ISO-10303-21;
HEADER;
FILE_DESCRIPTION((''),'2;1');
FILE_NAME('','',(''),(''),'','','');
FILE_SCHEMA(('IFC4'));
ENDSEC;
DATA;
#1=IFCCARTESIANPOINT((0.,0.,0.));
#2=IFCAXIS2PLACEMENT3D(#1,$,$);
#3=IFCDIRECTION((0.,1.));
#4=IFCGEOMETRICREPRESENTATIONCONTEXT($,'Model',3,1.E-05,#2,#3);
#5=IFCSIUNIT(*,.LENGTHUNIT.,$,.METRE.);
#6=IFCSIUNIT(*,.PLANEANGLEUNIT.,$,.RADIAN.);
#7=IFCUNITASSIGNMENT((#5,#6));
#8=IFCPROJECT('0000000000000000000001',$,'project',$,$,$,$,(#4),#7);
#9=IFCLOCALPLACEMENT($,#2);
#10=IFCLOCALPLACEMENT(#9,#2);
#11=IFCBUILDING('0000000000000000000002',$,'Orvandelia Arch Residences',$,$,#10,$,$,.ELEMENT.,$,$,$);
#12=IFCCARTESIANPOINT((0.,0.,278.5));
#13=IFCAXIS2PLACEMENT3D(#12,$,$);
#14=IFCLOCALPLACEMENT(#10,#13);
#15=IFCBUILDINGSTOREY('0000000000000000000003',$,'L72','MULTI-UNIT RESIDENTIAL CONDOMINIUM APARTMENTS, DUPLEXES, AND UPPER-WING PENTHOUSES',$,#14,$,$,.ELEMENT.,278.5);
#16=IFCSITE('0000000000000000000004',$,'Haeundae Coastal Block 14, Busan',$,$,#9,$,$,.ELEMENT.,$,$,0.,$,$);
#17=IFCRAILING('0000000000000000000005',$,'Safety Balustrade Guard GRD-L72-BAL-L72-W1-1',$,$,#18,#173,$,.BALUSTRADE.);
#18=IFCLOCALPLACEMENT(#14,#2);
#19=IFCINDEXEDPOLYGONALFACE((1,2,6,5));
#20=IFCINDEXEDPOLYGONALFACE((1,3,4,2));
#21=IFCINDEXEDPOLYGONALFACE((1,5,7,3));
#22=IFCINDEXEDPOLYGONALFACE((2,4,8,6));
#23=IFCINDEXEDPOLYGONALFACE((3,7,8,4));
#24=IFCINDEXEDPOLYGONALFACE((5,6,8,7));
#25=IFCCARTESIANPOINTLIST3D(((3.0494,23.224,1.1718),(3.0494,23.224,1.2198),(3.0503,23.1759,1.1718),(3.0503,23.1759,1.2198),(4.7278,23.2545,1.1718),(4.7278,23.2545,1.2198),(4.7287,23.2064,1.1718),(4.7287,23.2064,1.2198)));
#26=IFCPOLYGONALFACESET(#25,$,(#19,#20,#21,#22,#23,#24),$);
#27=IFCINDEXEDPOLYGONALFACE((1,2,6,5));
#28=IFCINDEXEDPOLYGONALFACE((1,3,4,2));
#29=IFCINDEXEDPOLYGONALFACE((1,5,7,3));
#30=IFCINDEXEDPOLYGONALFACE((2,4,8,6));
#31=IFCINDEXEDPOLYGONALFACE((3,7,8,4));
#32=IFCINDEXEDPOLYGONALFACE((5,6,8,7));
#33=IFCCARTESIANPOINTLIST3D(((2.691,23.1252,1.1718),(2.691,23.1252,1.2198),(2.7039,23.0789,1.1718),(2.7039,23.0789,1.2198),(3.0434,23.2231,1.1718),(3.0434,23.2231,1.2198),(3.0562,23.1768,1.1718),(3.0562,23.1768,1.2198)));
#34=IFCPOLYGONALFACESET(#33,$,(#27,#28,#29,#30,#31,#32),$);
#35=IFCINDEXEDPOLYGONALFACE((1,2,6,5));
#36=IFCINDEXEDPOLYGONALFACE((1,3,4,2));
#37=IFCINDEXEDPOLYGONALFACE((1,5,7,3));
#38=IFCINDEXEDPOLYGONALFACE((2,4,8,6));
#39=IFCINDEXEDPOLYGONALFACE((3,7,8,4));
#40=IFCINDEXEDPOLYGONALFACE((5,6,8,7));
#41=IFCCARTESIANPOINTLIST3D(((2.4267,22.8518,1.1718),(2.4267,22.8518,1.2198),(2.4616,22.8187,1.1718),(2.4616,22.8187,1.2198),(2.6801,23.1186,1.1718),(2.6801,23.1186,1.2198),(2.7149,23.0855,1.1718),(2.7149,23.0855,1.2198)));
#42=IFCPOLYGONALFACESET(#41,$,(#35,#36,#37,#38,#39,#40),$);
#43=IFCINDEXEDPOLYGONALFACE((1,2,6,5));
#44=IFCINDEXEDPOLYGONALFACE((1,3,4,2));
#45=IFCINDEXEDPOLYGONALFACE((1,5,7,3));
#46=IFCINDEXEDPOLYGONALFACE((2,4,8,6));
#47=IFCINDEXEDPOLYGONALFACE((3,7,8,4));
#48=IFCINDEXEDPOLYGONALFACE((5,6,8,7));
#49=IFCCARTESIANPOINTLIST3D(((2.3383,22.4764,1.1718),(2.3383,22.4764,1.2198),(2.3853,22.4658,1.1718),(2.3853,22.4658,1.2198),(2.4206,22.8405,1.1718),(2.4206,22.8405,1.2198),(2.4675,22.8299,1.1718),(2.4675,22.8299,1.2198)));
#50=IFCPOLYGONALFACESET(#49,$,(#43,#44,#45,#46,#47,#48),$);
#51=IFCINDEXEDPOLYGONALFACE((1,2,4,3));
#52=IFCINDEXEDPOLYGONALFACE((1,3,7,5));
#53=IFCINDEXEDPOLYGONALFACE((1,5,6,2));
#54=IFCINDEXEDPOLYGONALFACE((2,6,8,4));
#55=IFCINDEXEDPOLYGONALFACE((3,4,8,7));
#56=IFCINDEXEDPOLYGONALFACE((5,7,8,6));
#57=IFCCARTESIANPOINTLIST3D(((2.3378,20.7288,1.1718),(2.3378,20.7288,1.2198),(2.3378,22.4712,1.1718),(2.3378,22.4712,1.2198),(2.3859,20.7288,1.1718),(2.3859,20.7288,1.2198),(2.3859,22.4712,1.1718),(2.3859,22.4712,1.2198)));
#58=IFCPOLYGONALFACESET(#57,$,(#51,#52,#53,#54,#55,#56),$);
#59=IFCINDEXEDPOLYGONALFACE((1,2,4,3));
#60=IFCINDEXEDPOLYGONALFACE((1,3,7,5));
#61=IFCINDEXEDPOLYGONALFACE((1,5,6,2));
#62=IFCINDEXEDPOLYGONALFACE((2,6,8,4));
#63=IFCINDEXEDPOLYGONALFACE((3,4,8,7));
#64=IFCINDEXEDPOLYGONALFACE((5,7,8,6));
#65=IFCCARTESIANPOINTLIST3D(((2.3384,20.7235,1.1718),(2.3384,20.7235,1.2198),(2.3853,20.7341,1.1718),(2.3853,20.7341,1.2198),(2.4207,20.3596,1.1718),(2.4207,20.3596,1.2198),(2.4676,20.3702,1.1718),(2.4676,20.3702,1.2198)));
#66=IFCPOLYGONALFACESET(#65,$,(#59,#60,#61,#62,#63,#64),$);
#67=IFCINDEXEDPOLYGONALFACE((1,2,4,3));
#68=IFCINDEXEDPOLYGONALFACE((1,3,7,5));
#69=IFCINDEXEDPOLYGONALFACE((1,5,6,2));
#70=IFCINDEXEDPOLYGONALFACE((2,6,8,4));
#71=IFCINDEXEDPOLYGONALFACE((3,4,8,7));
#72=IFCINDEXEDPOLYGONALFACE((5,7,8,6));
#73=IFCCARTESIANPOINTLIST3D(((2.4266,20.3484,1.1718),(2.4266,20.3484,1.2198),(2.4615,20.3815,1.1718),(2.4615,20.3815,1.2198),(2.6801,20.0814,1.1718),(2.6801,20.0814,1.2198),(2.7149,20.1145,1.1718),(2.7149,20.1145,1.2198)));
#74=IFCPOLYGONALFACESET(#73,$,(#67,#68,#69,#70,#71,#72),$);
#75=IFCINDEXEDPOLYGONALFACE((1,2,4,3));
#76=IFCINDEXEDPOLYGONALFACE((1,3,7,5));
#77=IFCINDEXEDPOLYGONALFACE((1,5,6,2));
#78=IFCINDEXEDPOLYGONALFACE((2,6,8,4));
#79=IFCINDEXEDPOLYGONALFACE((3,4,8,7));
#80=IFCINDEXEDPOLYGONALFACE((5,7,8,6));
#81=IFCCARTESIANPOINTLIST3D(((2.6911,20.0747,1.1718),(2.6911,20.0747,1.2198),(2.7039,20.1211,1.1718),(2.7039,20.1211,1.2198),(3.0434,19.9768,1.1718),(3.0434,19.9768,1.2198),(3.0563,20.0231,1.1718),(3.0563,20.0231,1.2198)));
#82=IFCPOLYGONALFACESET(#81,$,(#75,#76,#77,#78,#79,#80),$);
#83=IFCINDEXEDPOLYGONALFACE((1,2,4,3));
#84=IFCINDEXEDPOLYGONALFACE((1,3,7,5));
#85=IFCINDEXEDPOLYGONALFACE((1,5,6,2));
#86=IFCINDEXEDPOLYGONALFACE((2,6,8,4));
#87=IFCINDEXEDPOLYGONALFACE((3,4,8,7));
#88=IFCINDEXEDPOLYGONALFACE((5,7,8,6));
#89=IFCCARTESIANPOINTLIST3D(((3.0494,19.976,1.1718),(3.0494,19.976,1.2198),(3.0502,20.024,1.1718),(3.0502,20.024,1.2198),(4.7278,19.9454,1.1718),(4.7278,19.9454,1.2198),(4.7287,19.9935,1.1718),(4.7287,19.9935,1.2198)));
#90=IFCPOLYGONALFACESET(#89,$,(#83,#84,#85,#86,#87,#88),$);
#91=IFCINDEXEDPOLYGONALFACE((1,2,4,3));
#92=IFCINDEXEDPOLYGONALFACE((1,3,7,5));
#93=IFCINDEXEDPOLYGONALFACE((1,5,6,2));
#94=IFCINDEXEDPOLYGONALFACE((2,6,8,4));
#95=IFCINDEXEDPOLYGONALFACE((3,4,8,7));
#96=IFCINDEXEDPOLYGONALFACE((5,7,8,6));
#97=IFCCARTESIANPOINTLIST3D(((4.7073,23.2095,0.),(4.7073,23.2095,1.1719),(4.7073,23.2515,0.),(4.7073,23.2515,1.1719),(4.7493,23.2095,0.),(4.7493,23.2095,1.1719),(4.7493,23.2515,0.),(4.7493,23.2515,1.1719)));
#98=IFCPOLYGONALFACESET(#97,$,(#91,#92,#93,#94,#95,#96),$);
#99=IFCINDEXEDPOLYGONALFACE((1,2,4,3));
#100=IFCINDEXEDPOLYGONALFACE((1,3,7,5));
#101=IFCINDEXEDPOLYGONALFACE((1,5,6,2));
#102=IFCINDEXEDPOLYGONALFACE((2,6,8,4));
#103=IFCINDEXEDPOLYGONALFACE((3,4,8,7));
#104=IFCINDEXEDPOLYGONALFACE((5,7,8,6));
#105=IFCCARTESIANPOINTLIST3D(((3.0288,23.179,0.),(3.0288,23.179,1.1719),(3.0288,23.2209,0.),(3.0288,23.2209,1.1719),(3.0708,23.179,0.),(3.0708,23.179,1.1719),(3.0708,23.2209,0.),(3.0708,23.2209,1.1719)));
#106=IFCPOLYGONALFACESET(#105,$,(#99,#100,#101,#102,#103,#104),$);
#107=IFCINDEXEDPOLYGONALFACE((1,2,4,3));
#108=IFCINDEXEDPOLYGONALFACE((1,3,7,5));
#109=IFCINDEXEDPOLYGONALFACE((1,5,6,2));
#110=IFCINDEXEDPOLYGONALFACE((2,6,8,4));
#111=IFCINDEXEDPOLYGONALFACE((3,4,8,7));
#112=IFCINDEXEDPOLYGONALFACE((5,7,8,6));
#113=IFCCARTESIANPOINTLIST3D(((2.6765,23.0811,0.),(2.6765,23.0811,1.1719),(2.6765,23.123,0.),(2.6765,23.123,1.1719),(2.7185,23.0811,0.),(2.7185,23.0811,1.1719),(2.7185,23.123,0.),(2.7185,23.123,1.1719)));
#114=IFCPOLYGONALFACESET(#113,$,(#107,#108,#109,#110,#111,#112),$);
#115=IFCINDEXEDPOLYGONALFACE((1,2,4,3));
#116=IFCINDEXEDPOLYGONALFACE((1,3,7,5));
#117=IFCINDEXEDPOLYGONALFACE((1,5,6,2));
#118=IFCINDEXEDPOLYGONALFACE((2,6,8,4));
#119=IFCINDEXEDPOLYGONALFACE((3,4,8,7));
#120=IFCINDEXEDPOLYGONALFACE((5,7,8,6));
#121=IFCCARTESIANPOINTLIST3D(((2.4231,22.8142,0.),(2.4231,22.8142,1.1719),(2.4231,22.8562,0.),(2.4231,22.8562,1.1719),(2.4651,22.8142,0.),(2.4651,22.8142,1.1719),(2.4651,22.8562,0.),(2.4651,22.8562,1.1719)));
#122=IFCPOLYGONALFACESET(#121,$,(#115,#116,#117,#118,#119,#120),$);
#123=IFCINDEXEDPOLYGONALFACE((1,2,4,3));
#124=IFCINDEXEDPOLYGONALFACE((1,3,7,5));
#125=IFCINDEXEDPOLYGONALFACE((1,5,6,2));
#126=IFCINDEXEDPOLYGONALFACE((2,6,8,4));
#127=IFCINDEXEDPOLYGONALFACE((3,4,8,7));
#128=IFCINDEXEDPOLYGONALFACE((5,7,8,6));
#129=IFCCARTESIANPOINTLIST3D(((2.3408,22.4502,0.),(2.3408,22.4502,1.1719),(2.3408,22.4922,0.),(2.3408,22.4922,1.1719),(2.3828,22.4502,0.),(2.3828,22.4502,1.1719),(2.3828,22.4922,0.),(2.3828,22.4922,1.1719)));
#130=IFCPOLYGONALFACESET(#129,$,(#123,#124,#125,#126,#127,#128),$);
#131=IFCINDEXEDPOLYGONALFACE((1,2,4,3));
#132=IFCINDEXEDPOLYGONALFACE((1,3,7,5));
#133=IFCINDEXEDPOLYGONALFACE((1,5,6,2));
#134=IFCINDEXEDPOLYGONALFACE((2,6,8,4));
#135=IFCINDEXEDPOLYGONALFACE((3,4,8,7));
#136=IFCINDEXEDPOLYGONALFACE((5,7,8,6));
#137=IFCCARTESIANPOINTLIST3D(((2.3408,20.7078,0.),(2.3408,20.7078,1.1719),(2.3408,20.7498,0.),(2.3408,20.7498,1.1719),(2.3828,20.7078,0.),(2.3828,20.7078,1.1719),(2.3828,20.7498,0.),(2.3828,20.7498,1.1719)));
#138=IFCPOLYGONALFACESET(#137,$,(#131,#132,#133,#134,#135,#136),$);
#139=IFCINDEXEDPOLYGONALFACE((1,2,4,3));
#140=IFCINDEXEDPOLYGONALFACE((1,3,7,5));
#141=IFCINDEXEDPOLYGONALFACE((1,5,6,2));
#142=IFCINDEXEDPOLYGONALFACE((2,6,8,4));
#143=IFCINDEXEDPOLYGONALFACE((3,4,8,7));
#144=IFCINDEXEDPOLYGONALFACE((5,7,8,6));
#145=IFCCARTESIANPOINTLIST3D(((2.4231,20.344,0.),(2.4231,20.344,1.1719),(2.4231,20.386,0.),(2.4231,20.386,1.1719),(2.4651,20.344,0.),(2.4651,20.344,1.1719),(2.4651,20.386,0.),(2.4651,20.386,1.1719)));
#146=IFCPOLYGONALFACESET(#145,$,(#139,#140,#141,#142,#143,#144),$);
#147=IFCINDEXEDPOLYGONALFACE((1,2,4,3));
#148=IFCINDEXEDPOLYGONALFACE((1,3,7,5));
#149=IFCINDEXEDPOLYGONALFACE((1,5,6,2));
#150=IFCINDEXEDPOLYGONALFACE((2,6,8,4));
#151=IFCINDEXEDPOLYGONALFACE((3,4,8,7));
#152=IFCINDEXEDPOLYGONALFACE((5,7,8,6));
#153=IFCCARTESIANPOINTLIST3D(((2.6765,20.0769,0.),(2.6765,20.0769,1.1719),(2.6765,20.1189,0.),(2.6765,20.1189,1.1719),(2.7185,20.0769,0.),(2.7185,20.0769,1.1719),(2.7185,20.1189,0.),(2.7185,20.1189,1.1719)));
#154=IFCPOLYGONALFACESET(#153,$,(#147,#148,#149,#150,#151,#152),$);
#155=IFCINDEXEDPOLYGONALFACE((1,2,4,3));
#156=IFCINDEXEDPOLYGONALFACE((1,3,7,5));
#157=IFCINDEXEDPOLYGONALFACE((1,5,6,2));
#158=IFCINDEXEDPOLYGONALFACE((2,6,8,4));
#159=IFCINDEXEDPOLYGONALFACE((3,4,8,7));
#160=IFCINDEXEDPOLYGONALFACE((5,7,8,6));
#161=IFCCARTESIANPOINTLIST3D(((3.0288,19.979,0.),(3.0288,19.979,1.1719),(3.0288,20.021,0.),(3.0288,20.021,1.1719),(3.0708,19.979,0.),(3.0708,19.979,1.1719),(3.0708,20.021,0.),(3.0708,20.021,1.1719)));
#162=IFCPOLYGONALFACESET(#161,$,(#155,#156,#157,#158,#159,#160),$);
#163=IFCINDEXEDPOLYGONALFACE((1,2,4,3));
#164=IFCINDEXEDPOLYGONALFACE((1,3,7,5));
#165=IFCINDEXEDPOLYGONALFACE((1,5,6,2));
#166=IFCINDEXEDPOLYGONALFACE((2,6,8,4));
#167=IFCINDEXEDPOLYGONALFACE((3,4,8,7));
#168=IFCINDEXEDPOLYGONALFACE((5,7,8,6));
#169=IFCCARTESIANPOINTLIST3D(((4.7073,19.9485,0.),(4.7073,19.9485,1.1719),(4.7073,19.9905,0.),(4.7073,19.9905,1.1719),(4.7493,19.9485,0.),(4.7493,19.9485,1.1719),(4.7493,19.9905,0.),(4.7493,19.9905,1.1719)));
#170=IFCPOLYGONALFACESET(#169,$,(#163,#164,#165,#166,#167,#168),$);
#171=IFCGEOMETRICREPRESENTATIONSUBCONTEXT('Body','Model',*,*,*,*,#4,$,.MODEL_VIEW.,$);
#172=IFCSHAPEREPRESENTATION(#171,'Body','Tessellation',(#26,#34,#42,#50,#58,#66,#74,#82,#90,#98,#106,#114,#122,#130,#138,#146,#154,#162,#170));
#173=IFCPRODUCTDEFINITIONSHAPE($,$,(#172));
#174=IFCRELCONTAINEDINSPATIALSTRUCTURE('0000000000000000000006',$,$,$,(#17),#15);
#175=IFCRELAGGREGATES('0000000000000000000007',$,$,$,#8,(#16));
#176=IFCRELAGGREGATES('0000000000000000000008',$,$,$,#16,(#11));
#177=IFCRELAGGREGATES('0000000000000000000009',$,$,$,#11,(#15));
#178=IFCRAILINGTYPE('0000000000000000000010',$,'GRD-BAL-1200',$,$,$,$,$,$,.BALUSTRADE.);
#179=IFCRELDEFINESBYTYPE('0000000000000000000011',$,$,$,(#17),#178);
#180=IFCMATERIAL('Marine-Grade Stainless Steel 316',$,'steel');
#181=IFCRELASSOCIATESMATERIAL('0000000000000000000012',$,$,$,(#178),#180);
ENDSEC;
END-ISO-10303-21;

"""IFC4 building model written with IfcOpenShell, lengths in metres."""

from ifc_helpers import new_model, si_unit, direction, frame, origin, origin_2d, place, context, subcontext, project, spatial, rectangle, extrude, material, type_object, element, save


model = new_model("IFC4")

# Units and contexts
model_context = context("Model", 3, precision=1e-05, world=origin(), true_north=direction((0.0, 1.0)))
body_context = subcontext(model_context, "Body", "Model", "MODEL_VIEW")
ifc_project = project(units=[si_unit("LENGTHUNIT", "METRE"), si_unit("PLANEANGLEUNIT", "RADIAN")], contexts=[model_context])

# Site, building, storey
site_placement = place(None, origin())
site = spatial("IfcSite", under=ifc_project, at=site_placement, Name="Haeundae Coastal Block 14, Busan", CompositionType="ELEMENT", RefElevation=0.0)
building_placement = place(site_placement, origin())
building = spatial("IfcBuilding", under=site, at=building_placement, Name="Orvandelia Arch Residences", CompositionType="ELEMENT")
storey_placement = place(building_placement, frame((0.0, 0.0, 278.5)))
storey = spatial("IfcBuildingStorey", under=building, at=storey_placement, Name="L72", Description="MULTI-UNIT RESIDENTIAL CONDOMINIUM APARTMENTS, DUPLEXES, AND UPPER-WING PENTHOUSES", CompositionType="ELEMENT", Elevation=278.5)

# Railing
ifc_material_1 = material(Name="Marine-Grade Stainless Steel 316", Category="steel")
railing_type = type_object("IfcRailingType", Name="GRD-BAL-1200", PredefinedType="BALUSTRADE", material=ifc_material_1)
railing_placement = place(storey_placement, frame((4.7283, 23.2305, 0.0)))
element("IfcRailing", 1, at=railing_placement, inside=storey, type_object=railing_type, Name="Safety Balustrade Guard GRD-L72-BAL-L72-W1-1", PredefinedType="BALUSTRADE", context=body_context, shape_type="SweptSolid", body=[
    extrude(rectangle(XDim=0.0481, YDim=0.0481, at=origin_2d()), frame((0.0, 0.0, 1.1958), z_axis=(-0.999835, -0.018179, 0.0), x_axis=(0.018179, -0.999835, 0.0)), (0.0, 0.0, 1.0), 1.6787),
    extrude(rectangle(XDim=0.0481, YDim=0.0481, at=origin_2d()), frame((-1.6785, -0.0305, 1.1958), z_axis=(-0.963489, -0.267747, 0.0), x_axis=(0.267747, -0.963489, 0.0)), (0.0, 0.0, 1.0), 0.3657),
    extrude(rectangle(XDim=0.0481, YDim=0.0481, at=origin_2d()), frame((-2.0308, -0.1284, 1.1958), z_axis=(-0.688627, -0.725115, 0.0), x_axis=(0.725115, -0.688627, 0.0)), (0.0, 0.0, 1.0), 0.3679),
    extrude(rectangle(XDim=0.0481, YDim=0.0481, at=origin_2d()), frame((-2.2842, -0.3953, 1.1958), z_axis=(-0.220462, -0.975396, 0.0), x_axis=(0.975396, -0.220462, 0.0)), (0.0, 0.0, 1.0), 0.3733),
    extrude(rectangle(XDim=0.0481, YDim=0.0481, at=origin_2d()), frame((-2.3665, -0.7593, 1.1958), z_axis=(0.0, -1.0, 0.0), x_axis=(1.0, 0.0, 0.0)), (0.0, 0.0, 1.0), 1.7424),
    extrude(rectangle(XDim=0.0481, YDim=0.0481, at=origin_2d()), frame((-2.3665, -2.5017, 1.1958), z_axis=(0.220602, -0.975364, 0.0), x_axis=(0.975364, 0.220602, 0.0)), (0.0, 0.0, 1.0), 0.373),
    extrude(rectangle(XDim=0.0481, YDim=0.0481, at=origin_2d()), frame((-2.2842, -2.8655, 1.1958), z_axis=(0.688296, -0.72543, 0.0), x_axis=(0.72543, 0.688296, 0.0)), (0.0, 0.0, 1.0), 0.3682),
    extrude(rectangle(XDim=0.0481, YDim=0.0481, at=origin_2d()), frame((-2.0308, -3.1326, 1.1958), z_axis=(0.963489, -0.267747, 0.0), x_axis=(0.267747, 0.963489, 0.0)), (0.0, 0.0, 1.0), 0.3657),
    extrude(rectangle(XDim=0.0481, YDim=0.0481, at=origin_2d()), frame((-1.6785, -3.2305, 1.1958), z_axis=(0.999835, -0.018179, 0.0), x_axis=(0.018179, 0.999835, 0.0)), (0.0, 0.0, 1.0), 1.6787),
    extrude(rectangle(XDim=0.042, YDim=0.042, at=origin_2d()), origin(), (0.0, 0.0, 1.0), 1.1719),
    extrude(rectangle(XDim=0.042, YDim=0.042, at=origin_2d()), frame((-1.6785, -0.0305, 0.0)), (0.0, 0.0, 1.0), 1.1719),
    extrude(rectangle(XDim=0.042, YDim=0.042, at=origin_2d()), frame((-2.0308, -0.1284, 0.0)), (0.0, 0.0, 1.0), 1.1719),
    extrude(rectangle(XDim=0.042, YDim=0.042, at=origin_2d()), frame((-2.2842, -0.3953, 0.0)), (0.0, 0.0, 1.0), 1.1719),
    extrude(rectangle(XDim=0.042, YDim=0.042, at=origin_2d()), frame((-2.3665, -0.7593, 0.0)), (0.0, 0.0, 1.0), 1.1719),
    extrude(rectangle(XDim=0.042, YDim=0.042, at=origin_2d()), frame((-2.3665, -2.5017, 0.0)), (0.0, 0.0, 1.0), 1.1719),
    extrude(rectangle(XDim=0.042, YDim=0.042, at=origin_2d()), frame((-2.2842, -2.8655, 0.0)), (0.0, 0.0, 1.0), 1.1719),
    extrude(rectangle(XDim=0.042, YDim=0.042, at=origin_2d()), frame((-2.0308, -3.1326, 0.0)), (0.0, 0.0, 1.0), 1.1719),
    extrude(rectangle(XDim=0.042, YDim=0.042, at=origin_2d()), frame((-1.6785, -3.2305, 0.0)), (0.0, 0.0, 1.0), 1.1719),
    extrude(rectangle(XDim=0.042, YDim=0.042, at=origin_2d()), frame((0.0, -3.261, 0.0)), (0.0, 0.0, 1.0), 1.1719),
])

save(model, "model.ifc")
